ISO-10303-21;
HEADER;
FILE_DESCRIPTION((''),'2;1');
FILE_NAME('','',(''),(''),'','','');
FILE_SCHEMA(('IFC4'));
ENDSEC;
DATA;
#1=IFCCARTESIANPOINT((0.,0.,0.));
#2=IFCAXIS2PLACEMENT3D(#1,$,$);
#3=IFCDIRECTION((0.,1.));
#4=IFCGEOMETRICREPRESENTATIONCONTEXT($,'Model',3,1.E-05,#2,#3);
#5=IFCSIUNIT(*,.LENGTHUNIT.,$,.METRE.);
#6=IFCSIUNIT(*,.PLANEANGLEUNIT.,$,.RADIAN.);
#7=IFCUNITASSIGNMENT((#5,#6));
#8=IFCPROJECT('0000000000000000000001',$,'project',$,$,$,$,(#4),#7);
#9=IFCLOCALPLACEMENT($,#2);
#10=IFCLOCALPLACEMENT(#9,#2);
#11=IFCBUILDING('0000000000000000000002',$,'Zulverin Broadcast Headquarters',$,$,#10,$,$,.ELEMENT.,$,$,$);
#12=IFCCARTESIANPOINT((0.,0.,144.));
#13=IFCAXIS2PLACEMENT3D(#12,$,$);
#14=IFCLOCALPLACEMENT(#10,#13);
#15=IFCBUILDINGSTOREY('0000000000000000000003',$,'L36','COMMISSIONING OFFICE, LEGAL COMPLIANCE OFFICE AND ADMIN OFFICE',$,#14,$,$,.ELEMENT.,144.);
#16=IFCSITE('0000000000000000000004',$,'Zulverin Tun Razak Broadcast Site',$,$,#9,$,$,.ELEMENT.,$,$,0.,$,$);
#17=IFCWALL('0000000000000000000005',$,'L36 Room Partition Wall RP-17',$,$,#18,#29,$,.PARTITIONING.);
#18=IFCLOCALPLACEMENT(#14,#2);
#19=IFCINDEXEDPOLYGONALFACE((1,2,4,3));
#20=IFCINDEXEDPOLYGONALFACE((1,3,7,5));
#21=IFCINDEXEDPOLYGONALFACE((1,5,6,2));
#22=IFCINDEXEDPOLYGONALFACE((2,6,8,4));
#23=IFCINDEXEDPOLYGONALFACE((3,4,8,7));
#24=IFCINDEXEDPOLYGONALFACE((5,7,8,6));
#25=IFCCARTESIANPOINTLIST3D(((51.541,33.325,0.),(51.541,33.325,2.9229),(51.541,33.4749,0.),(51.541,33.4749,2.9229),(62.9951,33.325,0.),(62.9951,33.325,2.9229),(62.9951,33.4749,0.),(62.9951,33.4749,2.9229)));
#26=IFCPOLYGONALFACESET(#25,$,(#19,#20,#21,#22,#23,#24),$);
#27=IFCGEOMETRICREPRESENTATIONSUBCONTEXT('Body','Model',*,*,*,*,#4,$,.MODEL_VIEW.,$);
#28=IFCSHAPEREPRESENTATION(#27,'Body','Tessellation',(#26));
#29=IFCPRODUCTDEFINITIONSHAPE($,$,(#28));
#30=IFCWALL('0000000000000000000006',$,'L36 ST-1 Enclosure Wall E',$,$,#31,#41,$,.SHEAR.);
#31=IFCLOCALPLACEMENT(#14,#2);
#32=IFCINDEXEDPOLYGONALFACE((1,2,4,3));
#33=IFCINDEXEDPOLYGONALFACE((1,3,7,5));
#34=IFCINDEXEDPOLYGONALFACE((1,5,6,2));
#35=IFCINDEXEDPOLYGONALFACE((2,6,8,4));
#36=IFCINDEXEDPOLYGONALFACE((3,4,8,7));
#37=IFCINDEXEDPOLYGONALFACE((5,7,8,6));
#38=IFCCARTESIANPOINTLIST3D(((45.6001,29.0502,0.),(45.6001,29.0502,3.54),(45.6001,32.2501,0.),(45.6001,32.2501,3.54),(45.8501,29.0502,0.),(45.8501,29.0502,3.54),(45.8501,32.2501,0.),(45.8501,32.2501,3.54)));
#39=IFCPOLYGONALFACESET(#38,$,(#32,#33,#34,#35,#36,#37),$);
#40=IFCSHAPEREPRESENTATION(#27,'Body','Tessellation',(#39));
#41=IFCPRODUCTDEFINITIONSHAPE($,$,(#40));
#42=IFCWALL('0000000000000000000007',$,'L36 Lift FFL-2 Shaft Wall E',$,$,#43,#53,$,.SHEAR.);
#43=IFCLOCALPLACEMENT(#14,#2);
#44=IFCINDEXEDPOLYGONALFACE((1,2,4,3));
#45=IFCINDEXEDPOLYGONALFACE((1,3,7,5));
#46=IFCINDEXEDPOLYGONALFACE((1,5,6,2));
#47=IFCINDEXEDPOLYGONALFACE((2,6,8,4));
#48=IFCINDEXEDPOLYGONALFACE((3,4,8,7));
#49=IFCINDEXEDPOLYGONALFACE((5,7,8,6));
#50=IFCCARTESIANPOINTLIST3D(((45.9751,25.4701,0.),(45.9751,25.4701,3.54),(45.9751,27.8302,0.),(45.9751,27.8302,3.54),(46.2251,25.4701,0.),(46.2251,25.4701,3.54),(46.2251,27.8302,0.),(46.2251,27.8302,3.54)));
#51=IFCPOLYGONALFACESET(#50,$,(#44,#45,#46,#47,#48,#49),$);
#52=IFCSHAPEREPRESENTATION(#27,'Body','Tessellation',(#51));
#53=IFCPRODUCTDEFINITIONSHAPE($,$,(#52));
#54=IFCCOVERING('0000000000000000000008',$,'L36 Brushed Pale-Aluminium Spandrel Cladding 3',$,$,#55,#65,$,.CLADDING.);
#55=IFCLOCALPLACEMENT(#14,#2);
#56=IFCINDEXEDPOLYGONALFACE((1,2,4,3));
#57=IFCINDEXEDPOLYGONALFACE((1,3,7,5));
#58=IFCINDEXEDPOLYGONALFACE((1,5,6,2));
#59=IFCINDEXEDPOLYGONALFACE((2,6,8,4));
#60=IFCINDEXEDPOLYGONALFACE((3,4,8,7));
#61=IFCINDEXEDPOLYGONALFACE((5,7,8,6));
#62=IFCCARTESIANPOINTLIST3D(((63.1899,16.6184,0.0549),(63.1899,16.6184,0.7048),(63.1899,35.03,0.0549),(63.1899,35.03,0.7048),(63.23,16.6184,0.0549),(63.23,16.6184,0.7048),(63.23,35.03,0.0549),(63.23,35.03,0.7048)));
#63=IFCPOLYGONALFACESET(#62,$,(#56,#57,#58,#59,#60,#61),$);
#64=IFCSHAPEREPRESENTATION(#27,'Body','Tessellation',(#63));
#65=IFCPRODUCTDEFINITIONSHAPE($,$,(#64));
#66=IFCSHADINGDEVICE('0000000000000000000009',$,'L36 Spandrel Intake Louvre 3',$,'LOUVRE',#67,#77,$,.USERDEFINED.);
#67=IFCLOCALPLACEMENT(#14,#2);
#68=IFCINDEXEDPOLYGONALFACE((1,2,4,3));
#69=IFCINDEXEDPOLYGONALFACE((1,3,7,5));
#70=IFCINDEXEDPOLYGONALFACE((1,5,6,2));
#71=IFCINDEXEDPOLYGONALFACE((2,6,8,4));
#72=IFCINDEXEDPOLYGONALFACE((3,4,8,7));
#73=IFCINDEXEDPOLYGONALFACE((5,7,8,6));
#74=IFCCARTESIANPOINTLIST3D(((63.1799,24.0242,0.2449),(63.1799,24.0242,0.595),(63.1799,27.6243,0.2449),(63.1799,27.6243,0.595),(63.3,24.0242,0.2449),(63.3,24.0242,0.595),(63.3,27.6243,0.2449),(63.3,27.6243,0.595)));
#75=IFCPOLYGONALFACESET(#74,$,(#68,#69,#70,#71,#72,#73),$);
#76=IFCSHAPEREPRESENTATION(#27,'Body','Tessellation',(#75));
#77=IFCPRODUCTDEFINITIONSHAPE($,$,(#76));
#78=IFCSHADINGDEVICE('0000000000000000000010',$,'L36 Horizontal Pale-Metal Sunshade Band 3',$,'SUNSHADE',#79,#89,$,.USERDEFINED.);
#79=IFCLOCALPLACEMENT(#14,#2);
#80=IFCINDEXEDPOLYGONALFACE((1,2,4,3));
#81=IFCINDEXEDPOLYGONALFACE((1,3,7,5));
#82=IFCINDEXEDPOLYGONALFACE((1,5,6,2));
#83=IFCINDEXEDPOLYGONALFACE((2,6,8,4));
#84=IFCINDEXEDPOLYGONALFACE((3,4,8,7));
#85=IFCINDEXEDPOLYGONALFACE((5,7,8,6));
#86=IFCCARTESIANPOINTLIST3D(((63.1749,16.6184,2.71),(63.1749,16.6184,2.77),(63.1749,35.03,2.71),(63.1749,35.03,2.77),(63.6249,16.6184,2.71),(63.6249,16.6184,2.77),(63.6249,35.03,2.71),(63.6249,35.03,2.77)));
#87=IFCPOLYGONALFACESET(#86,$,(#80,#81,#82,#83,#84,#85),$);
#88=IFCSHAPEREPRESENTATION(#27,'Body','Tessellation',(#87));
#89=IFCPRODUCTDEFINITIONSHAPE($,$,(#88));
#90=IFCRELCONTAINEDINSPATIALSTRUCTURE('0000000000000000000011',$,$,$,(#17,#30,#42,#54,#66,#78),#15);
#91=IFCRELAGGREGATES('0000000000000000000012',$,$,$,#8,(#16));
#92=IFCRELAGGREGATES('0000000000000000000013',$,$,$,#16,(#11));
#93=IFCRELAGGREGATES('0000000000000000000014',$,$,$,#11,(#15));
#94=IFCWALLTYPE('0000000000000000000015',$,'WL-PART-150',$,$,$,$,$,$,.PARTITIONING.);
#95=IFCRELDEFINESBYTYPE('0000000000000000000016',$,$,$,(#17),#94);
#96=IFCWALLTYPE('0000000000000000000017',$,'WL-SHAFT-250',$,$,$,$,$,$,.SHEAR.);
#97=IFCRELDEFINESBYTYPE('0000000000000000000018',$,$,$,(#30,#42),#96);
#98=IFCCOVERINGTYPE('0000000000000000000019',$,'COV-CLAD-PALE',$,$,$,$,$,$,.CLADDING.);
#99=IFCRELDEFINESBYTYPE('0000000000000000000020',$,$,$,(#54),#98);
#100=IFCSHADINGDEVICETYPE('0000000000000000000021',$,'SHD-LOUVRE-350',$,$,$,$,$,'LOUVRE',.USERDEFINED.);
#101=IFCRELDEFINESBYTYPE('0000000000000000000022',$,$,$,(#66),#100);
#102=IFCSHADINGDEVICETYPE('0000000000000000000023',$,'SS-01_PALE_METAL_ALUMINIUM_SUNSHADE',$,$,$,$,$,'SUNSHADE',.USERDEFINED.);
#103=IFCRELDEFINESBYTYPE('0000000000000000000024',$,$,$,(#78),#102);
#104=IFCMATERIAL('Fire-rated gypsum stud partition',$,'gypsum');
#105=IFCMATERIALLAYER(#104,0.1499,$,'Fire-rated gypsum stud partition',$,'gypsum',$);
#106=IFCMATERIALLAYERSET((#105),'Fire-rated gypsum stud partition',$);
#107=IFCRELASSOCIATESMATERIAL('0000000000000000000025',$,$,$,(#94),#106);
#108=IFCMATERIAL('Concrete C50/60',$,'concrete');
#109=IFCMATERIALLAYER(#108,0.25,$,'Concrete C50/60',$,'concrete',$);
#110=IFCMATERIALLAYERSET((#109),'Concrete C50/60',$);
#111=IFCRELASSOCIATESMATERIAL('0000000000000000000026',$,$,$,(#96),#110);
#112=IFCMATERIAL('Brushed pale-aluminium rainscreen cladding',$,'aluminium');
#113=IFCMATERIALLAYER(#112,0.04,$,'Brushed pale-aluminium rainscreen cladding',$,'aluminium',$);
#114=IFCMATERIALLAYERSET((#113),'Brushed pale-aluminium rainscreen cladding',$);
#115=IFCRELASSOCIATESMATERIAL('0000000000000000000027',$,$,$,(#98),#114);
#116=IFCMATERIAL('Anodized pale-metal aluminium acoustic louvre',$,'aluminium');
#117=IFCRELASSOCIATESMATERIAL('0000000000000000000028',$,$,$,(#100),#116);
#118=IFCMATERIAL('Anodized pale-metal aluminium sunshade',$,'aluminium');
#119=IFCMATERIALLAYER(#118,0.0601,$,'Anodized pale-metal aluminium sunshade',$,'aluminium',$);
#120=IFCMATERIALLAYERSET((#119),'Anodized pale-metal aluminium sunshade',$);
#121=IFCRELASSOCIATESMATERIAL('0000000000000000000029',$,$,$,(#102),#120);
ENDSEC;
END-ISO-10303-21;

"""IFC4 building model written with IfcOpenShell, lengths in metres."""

from ifc_helpers import new_model, si_unit, direction, frame, frame_2d, origin, origin_2d, place, context, subcontext, project, spatial, rectangle, extrude, material, layer, layer_set, type_object, element, save


model = new_model("IFC4")

# Units and contexts
model_context = context("Model", 3, precision=1e-05, world=origin(), true_north=direction((0.0, 1.0)))
body_context = subcontext(model_context, "Body", "Model", "MODEL_VIEW")
ifc_project = project(units=[si_unit("LENGTHUNIT", "METRE"), si_unit("PLANEANGLEUNIT", "RADIAN")], contexts=[model_context])

# Site, building, storey
site_placement = place(None, origin())
site = spatial("IfcSite", under=ifc_project, at=site_placement, Name="Zulverin Tun Razak Broadcast Site", CompositionType="ELEMENT", RefElevation=0.0)
building_placement = place(site_placement, origin())
building = spatial("IfcBuilding", under=site, at=building_placement, Name="Zulverin Broadcast Headquarters", CompositionType="ELEMENT")
storey_placement = place(building_placement, frame((0.0, 0.0, 144.0)))
storey = spatial("IfcBuildingStorey", under=building, at=storey_placement, Name="L36", Description="COMMISSIONING OFFICE, LEGAL COMPLIANCE OFFICE AND ADMIN OFFICE", CompositionType="ELEMENT", Elevation=144.0)

# Shared definitions
ifc_material_1 = material(Name="Concrete C50/60", Category="concrete")

# Shared definitions
ifc_material_2 = material(Name="Fire-rated gypsum stud partition", Category="gypsum")
ifc_layer_1 = layer(ifc_material_2, 0.1499, Name="Fire-rated gypsum stud partition", Category="gypsum")
ifc_layer_set_1 = layer_set([ifc_layer_1], Name="Fire-rated gypsum stud partition")
wall_type_1 = type_object("IfcWallType", Name="WL-PART-150", PredefinedType="PARTITIONING", material=ifc_layer_set_1)

# Walls
wall_1_placement = place(storey_placement, frame((51.541, 33.3999, 0.0), z_axis=(0.0, 0.0, 1.0), x_axis=(1.0, 0.0, 0.0)))
element("IfcWall", 1, at=wall_1_placement, inside=storey, type_object=wall_type_1, Name="L36 Room Partition Wall RP-17", PredefinedType="PARTITIONING", context=body_context, shape_type="SweptSolid", body=[
    extrude(rectangle(XDim=11.4541, YDim=0.1499, at=frame_2d((5.7271, 0.0))), origin(), (0.0, 0.0, 1.0), 2.9229),
])
ifc_layer_2 = layer(ifc_material_1, 0.25, Name="Concrete C50/60", Category="concrete")
ifc_layer_set_2 = layer_set([ifc_layer_2], Name="Concrete C50/60")
wall_type_2 = type_object("IfcWallType", Name="WL-SHAFT-250", PredefinedType="SHEAR", material=ifc_layer_set_2)
wall_2_placement = place(storey_placement, frame((45.7251, 29.05, 0.0), z_axis=(0.0, 0.0, 1.0), x_axis=(0.0, 1.0, 0.0)))
element("IfcWall", 2, at=wall_2_placement, inside=storey, type_object=wall_type_2, Name="L36 ST-1 Enclosure Wall E", PredefinedType="SHEAR", context=body_context, shape_type="SweptSolid", body=[
    extrude(rectangle(XDim=3.2, YDim=0.25, at=frame_2d((1.6001, 0.0))), origin(), (0.0, 0.0, 1.0), 3.54),
])
wall_3_placement = place(storey_placement, frame((46.1001, 25.47, 0.0), z_axis=(0.0, 0.0, 1.0), x_axis=(0.0, 1.0, 0.0)))
element("IfcWall", 3, at=wall_3_placement, inside=storey, type_object=wall_type_2, Name="L36 Lift FFL-2 Shaft Wall E", PredefinedType="SHEAR", context=body_context, shape_type="SweptSolid", body=[
    extrude(rectangle(XDim=2.3601, YDim=0.25, at=frame_2d((1.1802, 0.0))), origin(), (0.0, 0.0, 1.0), 3.54),
])

# Covering
ifc_material_3 = material(Name="Brushed pale-aluminium rainscreen cladding", Category="aluminium")
ifc_layer_3 = layer(ifc_material_3, 0.04, Name="Brushed pale-aluminium rainscreen cladding", Category="aluminium")
ifc_layer_set_3 = layer_set([ifc_layer_3], Name="Brushed pale-aluminium rainscreen cladding")
covering_type = type_object("IfcCoveringType", Name="COV-CLAD-PALE", PredefinedType="CLADDING", material=ifc_layer_set_3)
covering_placement = place(storey_placement, frame((63.21, 25.8242, 0.0549), z_axis=(0.0, 0.0, 1.0), x_axis=(0.0, 1.0, 0.0)))
element("IfcCovering", 4, at=covering_placement, inside=storey, type_object=covering_type, Name="L36 Brushed Pale-Aluminium Spandrel Cladding 3", PredefinedType="CLADDING", context=body_context, shape_type="SweptSolid", body=[
    extrude(rectangle(XDim=18.4116, YDim=0.04, at=origin_2d()), origin(), (0.0, 0.0, 1.0), 0.6499),
])

# Shading devices
ifc_material_4 = material(Name="Anodized pale-metal aluminium acoustic louvre", Category="aluminium")
shading_device_type_1 = type_object("IfcShadingDeviceType", Name="SHD-LOUVRE-350", ElementType="LOUVRE", PredefinedType="USERDEFINED", material=ifc_material_4)
shading_device_1_placement = place(storey_placement, frame((63.24, 25.8242, 0.2449), z_axis=(0.0, 0.0, 1.0), x_axis=(0.0, 1.0, 0.0)))
element("IfcShadingDevice", 5, at=shading_device_1_placement, inside=storey, type_object=shading_device_type_1, Name="L36 Spandrel Intake Louvre 3", ObjectType="LOUVRE", PredefinedType="USERDEFINED", context=body_context, shape_type="SweptSolid", body=[
    extrude(rectangle(XDim=3.6001, YDim=0.1201, at=origin_2d()), origin(), (0.0, 0.0, 1.0), 0.3501),
])
ifc_material_5 = material(Name="Anodized pale-metal aluminium sunshade", Category="aluminium")
ifc_layer_4 = layer(ifc_material_5, 0.0601, Name="Anodized pale-metal aluminium sunshade", Category="aluminium")
ifc_layer_set_4 = layer_set([ifc_layer_4], Name="Anodized pale-metal aluminium sunshade")
shading_device_type_2 = type_object("IfcShadingDeviceType", Name="SS-01_PALE_METAL_ALUMINIUM_SUNSHADE", ElementType="SUNSHADE", PredefinedType="USERDEFINED", material=ifc_layer_set_4)
shading_device_2_placement = place(storey_placement, frame((63.3999, 25.8242, 2.71), z_axis=(0.0, 0.0, 1.0), x_axis=(0.0, 1.0, 0.0)))
element("IfcShadingDevice", 6, at=shading_device_2_placement, inside=storey, type_object=shading_device_type_2, Name="L36 Horizontal Pale-Metal Sunshade Band 3", ObjectType="SUNSHADE", PredefinedType="USERDEFINED", context=body_context, shape_type="SweptSolid", body=[
    extrude(rectangle(XDim=18.4116, YDim=0.45, at=origin_2d()), origin(), (0.0, 0.0, 1.0), 0.0601),
])

save(model, "model.ifc")
